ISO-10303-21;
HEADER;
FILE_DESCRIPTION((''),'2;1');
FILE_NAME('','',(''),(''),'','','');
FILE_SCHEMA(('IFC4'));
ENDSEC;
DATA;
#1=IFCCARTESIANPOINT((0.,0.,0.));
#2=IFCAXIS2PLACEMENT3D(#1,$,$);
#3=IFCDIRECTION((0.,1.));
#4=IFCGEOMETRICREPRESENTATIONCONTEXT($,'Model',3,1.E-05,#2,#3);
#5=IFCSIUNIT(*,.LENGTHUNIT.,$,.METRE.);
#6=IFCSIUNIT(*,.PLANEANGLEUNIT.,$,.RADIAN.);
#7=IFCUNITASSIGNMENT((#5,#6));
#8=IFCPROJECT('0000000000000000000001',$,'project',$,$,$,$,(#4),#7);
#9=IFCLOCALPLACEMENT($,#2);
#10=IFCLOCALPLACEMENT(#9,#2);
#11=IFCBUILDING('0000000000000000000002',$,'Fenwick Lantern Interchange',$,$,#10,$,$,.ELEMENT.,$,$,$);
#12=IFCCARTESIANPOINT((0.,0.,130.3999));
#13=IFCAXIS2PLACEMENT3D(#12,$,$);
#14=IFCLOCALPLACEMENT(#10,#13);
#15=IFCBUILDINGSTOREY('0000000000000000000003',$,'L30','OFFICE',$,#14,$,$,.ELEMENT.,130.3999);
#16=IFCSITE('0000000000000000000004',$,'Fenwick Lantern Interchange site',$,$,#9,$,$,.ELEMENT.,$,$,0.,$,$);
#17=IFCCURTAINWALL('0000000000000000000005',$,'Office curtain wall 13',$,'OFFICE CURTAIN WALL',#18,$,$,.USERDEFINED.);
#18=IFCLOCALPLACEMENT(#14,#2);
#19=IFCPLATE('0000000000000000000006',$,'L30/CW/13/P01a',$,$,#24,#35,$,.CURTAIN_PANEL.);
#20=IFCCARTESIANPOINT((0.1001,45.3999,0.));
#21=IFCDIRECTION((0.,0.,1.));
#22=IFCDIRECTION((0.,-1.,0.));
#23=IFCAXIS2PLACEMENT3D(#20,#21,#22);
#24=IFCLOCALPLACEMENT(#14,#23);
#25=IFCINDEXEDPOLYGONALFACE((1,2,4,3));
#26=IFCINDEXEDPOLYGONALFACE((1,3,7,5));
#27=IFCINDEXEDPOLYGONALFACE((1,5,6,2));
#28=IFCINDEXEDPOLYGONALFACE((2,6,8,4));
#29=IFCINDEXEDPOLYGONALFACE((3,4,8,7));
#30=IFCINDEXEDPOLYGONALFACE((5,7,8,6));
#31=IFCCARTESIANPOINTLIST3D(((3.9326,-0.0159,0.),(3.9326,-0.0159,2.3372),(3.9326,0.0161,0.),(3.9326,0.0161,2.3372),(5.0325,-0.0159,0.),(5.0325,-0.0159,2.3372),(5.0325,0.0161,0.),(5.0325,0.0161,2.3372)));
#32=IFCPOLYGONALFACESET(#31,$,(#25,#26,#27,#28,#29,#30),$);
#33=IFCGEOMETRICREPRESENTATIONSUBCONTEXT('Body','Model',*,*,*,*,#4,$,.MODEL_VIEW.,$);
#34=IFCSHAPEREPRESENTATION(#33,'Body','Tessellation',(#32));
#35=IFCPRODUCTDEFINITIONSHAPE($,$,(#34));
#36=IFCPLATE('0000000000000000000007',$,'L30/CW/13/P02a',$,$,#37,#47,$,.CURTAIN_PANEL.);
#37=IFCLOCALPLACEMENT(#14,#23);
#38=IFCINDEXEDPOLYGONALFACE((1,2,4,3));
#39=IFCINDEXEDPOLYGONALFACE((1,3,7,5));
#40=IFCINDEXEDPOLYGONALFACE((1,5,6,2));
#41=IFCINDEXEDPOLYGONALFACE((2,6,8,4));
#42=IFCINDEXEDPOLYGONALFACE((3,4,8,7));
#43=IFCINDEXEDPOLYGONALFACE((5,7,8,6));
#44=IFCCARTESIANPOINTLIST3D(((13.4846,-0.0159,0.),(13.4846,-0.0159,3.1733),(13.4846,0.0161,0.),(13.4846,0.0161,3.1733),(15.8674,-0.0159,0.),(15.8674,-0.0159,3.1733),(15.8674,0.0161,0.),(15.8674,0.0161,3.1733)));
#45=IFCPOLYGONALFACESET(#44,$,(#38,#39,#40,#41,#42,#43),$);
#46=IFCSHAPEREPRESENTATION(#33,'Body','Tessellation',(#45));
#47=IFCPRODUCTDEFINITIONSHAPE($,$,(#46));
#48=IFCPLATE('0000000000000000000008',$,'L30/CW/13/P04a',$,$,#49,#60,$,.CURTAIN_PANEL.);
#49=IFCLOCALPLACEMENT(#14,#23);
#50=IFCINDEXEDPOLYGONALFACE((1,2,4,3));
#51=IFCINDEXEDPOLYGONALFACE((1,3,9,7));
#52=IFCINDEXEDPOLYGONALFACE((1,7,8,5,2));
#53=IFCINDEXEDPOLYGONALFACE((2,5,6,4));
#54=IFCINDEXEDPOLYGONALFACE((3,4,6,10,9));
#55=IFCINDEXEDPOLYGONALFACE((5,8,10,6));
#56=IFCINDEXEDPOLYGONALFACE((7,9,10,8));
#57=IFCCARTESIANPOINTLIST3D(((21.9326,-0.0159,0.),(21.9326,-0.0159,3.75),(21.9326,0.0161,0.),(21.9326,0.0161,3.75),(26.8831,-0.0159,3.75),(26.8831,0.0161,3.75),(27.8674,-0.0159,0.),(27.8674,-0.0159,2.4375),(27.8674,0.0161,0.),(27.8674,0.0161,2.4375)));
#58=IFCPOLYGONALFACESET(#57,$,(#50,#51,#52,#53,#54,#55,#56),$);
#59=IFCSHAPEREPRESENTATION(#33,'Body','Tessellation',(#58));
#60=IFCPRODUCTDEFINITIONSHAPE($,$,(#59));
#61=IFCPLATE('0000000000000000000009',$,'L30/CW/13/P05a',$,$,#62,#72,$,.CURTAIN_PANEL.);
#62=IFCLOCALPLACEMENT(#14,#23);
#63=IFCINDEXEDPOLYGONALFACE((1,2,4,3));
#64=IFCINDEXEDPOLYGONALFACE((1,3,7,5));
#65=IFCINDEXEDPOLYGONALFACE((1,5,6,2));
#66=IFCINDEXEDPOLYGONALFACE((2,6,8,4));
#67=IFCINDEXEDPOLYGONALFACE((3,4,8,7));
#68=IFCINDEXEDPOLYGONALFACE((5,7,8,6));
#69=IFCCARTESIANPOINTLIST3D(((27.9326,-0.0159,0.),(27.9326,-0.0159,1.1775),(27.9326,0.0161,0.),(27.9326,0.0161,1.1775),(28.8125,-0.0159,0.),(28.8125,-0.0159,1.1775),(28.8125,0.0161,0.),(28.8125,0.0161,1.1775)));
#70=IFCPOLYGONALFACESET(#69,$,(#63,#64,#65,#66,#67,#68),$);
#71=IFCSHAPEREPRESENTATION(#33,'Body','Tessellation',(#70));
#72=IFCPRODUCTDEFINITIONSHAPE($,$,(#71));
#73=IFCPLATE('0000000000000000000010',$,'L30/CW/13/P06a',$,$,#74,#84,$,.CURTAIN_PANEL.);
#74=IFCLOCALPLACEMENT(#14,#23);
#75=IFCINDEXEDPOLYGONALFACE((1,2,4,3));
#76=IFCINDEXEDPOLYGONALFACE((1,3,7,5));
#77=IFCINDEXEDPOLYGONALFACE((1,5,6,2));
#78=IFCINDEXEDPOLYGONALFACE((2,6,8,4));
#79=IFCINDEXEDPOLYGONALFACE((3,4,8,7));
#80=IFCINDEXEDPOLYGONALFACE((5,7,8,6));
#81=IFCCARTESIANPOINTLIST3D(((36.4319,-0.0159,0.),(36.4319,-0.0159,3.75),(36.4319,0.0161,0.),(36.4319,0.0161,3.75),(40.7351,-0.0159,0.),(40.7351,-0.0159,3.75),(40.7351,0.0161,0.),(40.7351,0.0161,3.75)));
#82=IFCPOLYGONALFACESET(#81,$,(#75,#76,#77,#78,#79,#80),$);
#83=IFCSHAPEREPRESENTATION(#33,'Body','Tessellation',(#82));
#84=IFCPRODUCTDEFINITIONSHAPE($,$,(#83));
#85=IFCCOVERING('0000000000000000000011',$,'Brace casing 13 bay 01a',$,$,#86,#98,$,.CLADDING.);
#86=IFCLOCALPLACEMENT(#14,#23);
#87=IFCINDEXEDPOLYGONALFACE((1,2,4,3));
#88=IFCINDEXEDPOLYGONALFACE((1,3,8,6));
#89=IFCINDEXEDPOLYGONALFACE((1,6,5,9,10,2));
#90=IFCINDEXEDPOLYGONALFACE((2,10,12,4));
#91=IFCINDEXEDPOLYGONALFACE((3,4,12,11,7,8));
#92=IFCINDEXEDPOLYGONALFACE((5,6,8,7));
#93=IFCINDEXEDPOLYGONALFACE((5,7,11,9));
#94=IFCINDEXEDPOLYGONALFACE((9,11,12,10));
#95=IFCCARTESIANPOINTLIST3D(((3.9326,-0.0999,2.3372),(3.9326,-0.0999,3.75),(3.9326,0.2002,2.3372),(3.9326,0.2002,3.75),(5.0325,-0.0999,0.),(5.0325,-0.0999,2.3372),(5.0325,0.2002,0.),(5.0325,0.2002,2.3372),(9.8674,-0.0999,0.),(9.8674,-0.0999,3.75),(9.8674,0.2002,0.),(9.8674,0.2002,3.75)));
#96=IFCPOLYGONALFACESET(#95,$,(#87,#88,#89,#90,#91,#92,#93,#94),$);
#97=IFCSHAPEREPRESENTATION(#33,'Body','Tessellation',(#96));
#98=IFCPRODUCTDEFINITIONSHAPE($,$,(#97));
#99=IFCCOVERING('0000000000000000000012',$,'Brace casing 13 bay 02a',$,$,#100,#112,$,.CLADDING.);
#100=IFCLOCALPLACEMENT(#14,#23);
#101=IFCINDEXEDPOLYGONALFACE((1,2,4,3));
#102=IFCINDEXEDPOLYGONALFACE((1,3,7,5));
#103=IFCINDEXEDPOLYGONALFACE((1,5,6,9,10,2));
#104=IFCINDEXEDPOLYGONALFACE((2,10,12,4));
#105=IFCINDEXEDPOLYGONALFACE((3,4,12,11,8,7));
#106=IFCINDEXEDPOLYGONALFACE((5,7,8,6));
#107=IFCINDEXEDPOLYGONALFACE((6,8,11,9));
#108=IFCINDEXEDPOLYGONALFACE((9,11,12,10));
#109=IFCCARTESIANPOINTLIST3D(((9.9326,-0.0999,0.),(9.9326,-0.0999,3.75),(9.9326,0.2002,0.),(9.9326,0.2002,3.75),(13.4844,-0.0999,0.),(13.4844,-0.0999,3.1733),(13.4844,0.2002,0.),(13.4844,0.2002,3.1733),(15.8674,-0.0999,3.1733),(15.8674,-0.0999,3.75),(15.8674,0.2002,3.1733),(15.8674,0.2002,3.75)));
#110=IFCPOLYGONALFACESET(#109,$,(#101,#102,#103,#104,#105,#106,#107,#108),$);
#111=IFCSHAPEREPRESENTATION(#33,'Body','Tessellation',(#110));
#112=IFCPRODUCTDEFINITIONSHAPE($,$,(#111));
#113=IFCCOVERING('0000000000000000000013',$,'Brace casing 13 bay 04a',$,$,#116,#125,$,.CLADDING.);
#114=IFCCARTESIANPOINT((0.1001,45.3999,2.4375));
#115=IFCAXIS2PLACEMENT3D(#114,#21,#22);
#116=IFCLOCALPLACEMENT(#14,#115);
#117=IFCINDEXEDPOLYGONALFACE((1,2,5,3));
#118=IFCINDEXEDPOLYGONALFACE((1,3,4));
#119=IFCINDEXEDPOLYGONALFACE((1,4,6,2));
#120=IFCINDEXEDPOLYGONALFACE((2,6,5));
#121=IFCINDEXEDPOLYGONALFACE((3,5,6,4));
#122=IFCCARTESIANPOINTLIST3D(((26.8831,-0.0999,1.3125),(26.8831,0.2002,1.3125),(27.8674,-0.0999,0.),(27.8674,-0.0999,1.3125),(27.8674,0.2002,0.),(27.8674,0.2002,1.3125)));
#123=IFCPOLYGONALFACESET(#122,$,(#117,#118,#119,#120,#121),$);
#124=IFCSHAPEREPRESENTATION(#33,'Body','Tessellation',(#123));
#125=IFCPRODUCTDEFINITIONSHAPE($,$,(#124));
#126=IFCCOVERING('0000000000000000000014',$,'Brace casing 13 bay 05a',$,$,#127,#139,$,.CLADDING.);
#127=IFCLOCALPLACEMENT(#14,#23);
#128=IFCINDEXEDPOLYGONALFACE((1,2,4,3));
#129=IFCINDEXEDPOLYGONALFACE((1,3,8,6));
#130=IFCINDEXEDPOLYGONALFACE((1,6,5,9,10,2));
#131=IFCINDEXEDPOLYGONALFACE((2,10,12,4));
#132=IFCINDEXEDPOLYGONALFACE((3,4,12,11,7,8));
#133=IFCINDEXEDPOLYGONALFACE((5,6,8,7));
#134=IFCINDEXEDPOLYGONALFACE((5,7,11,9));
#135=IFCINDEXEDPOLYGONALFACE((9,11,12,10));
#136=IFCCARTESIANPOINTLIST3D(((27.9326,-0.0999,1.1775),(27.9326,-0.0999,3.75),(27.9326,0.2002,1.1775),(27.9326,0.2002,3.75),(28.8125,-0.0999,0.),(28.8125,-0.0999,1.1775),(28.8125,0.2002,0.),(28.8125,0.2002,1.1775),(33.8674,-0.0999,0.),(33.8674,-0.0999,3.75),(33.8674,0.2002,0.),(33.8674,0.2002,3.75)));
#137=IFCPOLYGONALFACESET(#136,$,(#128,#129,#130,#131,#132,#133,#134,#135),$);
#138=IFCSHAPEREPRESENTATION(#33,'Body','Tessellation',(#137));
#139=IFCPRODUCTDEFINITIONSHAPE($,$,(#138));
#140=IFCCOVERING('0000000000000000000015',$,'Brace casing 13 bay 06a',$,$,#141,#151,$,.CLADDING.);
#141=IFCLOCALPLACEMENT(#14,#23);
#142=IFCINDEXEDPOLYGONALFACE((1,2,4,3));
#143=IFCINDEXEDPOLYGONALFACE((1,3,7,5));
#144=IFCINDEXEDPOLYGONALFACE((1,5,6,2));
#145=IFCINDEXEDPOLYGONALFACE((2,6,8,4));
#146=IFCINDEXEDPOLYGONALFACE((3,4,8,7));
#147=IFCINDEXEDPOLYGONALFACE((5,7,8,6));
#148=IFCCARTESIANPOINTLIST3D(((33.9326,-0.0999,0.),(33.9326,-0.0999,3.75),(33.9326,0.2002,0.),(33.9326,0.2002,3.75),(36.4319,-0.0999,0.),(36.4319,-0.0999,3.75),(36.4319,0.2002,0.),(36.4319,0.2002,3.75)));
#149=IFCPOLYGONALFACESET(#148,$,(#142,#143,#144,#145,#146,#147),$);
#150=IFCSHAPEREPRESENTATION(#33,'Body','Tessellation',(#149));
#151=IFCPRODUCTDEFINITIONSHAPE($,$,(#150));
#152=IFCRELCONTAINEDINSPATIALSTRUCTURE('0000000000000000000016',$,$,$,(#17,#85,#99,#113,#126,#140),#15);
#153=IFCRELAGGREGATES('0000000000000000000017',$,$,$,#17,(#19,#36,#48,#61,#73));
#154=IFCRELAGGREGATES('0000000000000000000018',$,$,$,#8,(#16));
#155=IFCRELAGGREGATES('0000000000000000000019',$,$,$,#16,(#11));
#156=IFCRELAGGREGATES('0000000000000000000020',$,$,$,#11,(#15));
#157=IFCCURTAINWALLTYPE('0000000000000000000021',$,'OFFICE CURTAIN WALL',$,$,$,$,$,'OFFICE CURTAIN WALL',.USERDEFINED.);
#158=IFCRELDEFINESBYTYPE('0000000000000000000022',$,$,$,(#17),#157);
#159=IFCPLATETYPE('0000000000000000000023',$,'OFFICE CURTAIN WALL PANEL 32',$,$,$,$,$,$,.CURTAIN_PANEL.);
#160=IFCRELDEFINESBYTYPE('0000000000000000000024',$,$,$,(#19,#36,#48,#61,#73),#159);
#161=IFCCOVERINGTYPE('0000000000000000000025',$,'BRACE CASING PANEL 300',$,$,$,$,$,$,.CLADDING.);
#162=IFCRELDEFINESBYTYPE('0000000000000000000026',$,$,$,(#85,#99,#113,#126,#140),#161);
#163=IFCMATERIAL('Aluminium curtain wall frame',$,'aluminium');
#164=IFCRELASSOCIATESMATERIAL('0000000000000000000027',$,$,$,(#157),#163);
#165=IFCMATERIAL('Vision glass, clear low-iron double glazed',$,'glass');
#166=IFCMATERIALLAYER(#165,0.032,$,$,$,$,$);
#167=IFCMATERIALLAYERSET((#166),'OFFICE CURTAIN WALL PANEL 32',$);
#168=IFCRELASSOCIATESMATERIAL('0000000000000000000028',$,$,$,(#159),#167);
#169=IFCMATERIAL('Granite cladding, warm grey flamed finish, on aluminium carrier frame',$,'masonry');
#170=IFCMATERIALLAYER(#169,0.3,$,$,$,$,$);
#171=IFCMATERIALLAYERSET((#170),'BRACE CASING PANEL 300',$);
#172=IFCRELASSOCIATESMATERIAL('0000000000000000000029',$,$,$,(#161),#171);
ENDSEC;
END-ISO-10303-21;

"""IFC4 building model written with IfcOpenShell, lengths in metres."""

from ifc_helpers import new_model, si_unit, direction, frame, origin, place, context, subcontext, project, spatial, polyline, outline, extrude, material, layer, layer_set, type_object, element, aggregate, save


model = new_model("IFC4")

# Units and contexts
model_context = context("Model", 3, precision=1e-05, world=origin(), true_north=direction((0.0, 1.0)))
body_context = subcontext(model_context, "Body", "Model", "MODEL_VIEW")
ifc_project = project(units=[si_unit("LENGTHUNIT", "METRE"), si_unit("PLANEANGLEUNIT", "RADIAN")], contexts=[model_context])

# Site, building, storey
site_placement = place(None, origin())
site = spatial("IfcSite", under=ifc_project, at=site_placement, Name="Fenwick Lantern Interchange site", CompositionType="ELEMENT", RefElevation=0.0)
building_placement = place(site_placement, origin())
building = spatial("IfcBuilding", under=site, at=building_placement, Name="Fenwick Lantern Interchange", CompositionType="ELEMENT")
storey_placement = place(building_placement, frame((0.0, 0.0, 130.3999)))
storey = spatial("IfcBuildingStorey", under=building, at=storey_placement, Name="L30", Description="OFFICE", CompositionType="ELEMENT", Elevation=130.3999)

# Shared definitions
ifc_material_1 = material(Name="Aluminium curtain wall frame", Category="aluminium")
curtain_wall_type = type_object("IfcCurtainWallType", Name="OFFICE CURTAIN WALL", ElementType="OFFICE CURTAIN WALL", PredefinedType="USERDEFINED", material=ifc_material_1)

# Curtain wall
curtain_wall_1_placement = place(storey_placement, origin())
curtain_wall_1 = element("IfcCurtainWall", 1, at=curtain_wall_1_placement, inside=storey, type_object=curtain_wall_type, Name="Office curtain wall 13", ObjectType="OFFICE CURTAIN WALL", PredefinedType="USERDEFINED")

# Plates
ifc_material_2 = material(Name="Vision glass, clear low-iron double glazed", Category="glass")
ifc_layer_1 = layer(ifc_material_2, 0.032)
ifc_layer_set_1 = layer_set([ifc_layer_1], Name="OFFICE CURTAIN WALL PANEL 32")
plate_type = type_object("IfcPlateType", Name="OFFICE CURTAIN WALL PANEL 32", PredefinedType="CURTAIN_PANEL", material=ifc_layer_set_1)
plate_1_placement = place(storey_placement, frame((0.1001, 45.3999, 0.0), z_axis=(0.0, 0.0, 1.0), x_axis=(0.0, -1.0, 0.0)))
plate_1 = element("IfcPlate", 2, at=plate_1_placement, type_object=plate_type, Name="L30/CW/13/P01a", PredefinedType="CURTAIN_PANEL", context=body_context, shape_type="SweptSolid", body=[
    extrude(outline(polyline([(3.9326, 0.0), (5.0325, 0.0), (5.0325, 2.3372), (3.9326, 2.3372), (3.9326, 0.0)])), frame((0.0, 0.0161, 0.0), z_axis=(0.0, -1.0, 0.0), x_axis=(1.0, 0.0, 0.0)), (0.0, 0.0, 1.0), 0.032),
])
plate_2_placement = place(storey_placement, frame((0.1001, 45.3999, 0.0), z_axis=(0.0, 0.0, 1.0), x_axis=(0.0, -1.0, 0.0)))
plate_2 = element("IfcPlate", 3, at=plate_2_placement, type_object=plate_type, Name="L30/CW/13/P02a", PredefinedType="CURTAIN_PANEL", context=body_context, shape_type="SweptSolid", body=[
    extrude(outline(polyline([(13.4846, 0.0), (15.8674, 0.0), (15.8674, 3.1733), (13.4846, 3.1733), (13.4846, 0.0)])), frame((0.0, 0.0161, 0.0), z_axis=(0.0, -1.0, 0.0), x_axis=(1.0, 0.0, 0.0)), (0.0, 0.0, 1.0), 0.032),
])
plate_3_placement = place(storey_placement, frame((0.1001, 45.3999, 0.0), z_axis=(0.0, 0.0, 1.0), x_axis=(0.0, -1.0, 0.0)))
plate_3 = element("IfcPlate", 4, at=plate_3_placement, type_object=plate_type, Name="L30/CW/13/P04a", PredefinedType="CURTAIN_PANEL", context=body_context, shape_type="SweptSolid", body=[
    extrude(outline(polyline([(21.9326, 0.0), (27.8674, 0.0), (27.8674, 2.4375), (26.8831, 3.75), (21.9326, 3.75), (21.9326, 0.0)])), frame((0.0, 0.0161, 0.0), z_axis=(0.0, -1.0, 0.0), x_axis=(1.0, 0.0, 0.0)), (0.0, 0.0, 1.0), 0.032),
])
plate_4_placement = place(storey_placement, frame((0.1001, 45.3999, 0.0), z_axis=(0.0, 0.0, 1.0), x_axis=(0.0, -1.0, 0.0)))
plate_4 = element("IfcPlate", 5, at=plate_4_placement, type_object=plate_type, Name="L30/CW/13/P05a", PredefinedType="CURTAIN_PANEL", context=body_context, shape_type="SweptSolid", body=[
    extrude(outline(polyline([(27.9326, 0.0), (28.8125, 0.0), (28.8125, 1.1775), (27.9326, 1.1775), (27.9326, 0.0)])), frame((0.0, 0.0161, 0.0), z_axis=(0.0, -1.0, 0.0), x_axis=(1.0, 0.0, 0.0)), (0.0, 0.0, 1.0), 0.032),
])
plate_5_placement = place(storey_placement, frame((0.1001, 45.3999, 0.0), z_axis=(0.0, 0.0, 1.0), x_axis=(0.0, -1.0, 0.0)))
plate_5 = element("IfcPlate", 6, at=plate_5_placement, type_object=plate_type, Name="L30/CW/13/P06a", PredefinedType="CURTAIN_PANEL", context=body_context, shape_type="SweptSolid", body=[
    extrude(outline(polyline([(36.4319, 0.0), (40.7351, 0.0), (40.7351, 3.75), (36.4319, 3.75), (36.4319, 0.0)])), frame((0.0, 0.0161, 0.0), z_axis=(0.0, -1.0, 0.0), x_axis=(1.0, 0.0, 0.0)), (0.0, 0.0, 1.0), 0.032),
])
aggregate(curtain_wall_1, [plate_1, plate_2, plate_3, plate_4, plate_5])

# Coverings
ifc_material_3 = material(Name="Granite cladding, warm grey flamed finish, on aluminium carrier frame", Category="masonry")
ifc_layer_2 = layer(ifc_material_3, 0.3)
ifc_layer_set_2 = layer_set([ifc_layer_2], Name="BRACE CASING PANEL 300")
covering_type = type_object("IfcCoveringType", Name="BRACE CASING PANEL 300", PredefinedType="CLADDING", material=ifc_layer_set_2)
covering_1_placement = place(storey_placement, frame((0.1001, 45.3999, 0.0), z_axis=(0.0, 0.0, 1.0), x_axis=(0.0, -1.0, 0.0)))
element("IfcCovering", 7, at=covering_1_placement, inside=storey, type_object=covering_type, Name="Brace casing 13 bay 01a", PredefinedType="CLADDING", context=body_context, shape_type="SweptSolid", body=[
    extrude(outline(polyline([(5.0325, 0.0), (9.8674, 0.0), (9.8674, 3.75), (3.9326, 3.75), (3.9326, 2.3372), (5.0325, 2.3372), (5.0325, 0.0)])), frame((0.0, 0.2002, 0.0), z_axis=(0.0, -1.0, 0.0), x_axis=(1.0, 0.0, 0.0)), (0.0, 0.0, 1.0), 0.3),
])
covering_2_placement = place(storey_placement, frame((0.1001, 45.3999, 0.0), z_axis=(0.0, 0.0, 1.0), x_axis=(0.0, -1.0, 0.0)))
element("IfcCovering", 8, at=covering_2_placement, inside=storey, type_object=covering_type, Name="Brace casing 13 bay 02a", PredefinedType="CLADDING", context=body_context, shape_type="SweptSolid", body=[
    extrude(outline(polyline([(9.9326, 0.0), (13.4844, 0.0), (13.4844, 3.1733), (15.8674, 3.1733), (15.8674, 3.75), (9.9326, 3.75), (9.9326, 0.0)])), frame((0.0, 0.2002, 0.0), z_axis=(0.0, -1.0, 0.0), x_axis=(1.0, 0.0, 0.0)), (0.0, 0.0, 1.0), 0.3),
])
covering_3_placement = place(storey_placement, frame((0.1001, 45.3999, 2.4375), z_axis=(0.0, 0.0, 1.0), x_axis=(0.0, -1.0, 0.0)))
element("IfcCovering", 9, at=covering_3_placement, inside=storey, type_object=covering_type, Name="Brace casing 13 bay 04a", PredefinedType="CLADDING", context=body_context, shape_type="SweptSolid", body=[
    extrude(outline(polyline([(27.8674, 0.0), (27.8674, 1.3125), (26.8831, 1.3125), (27.8674, 0.0)])), frame((0.0, 0.2002, 0.0), z_axis=(0.0, -1.0, 0.0), x_axis=(1.0, 0.0, 0.0)), (0.0, 0.0, 1.0), 0.3),
])
covering_4_placement = place(storey_placement, frame((0.1001, 45.3999, 0.0), z_axis=(0.0, 0.0, 1.0), x_axis=(0.0, -1.0, 0.0)))
element("IfcCovering", 10, at=covering_4_placement, inside=storey, type_object=covering_type, Name="Brace casing 13 bay 05a", PredefinedType="CLADDING", context=body_context, shape_type="SweptSolid", body=[
    extrude(outline(polyline([(28.8125, 0.0), (33.8674, 0.0), (33.8674, 3.75), (27.9326, 3.75), (27.9326, 1.1775), (28.8125, 1.1775), (28.8125, 0.0)])), frame((0.0, 0.2002, 0.0), z_axis=(0.0, -1.0, 0.0), x_axis=(1.0, 0.0, 0.0)), (0.0, 0.0, 1.0), 0.3),
])
covering_5_placement = place(storey_placement, frame((0.1001, 45.3999, 0.0), z_axis=(0.0, 0.0, 1.0), x_axis=(0.0, -1.0, 0.0)))
element("IfcCovering", 11, at=covering_5_placement, inside=storey, type_object=covering_type, Name="Brace casing 13 bay 06a", PredefinedType="CLADDING", context=body_context, shape_type="SweptSolid", body=[
    extrude(outline(polyline([(33.9326, 0.0), (36.4319, 0.0), (36.4319, 3.75), (33.9326, 3.75), (33.9326, 0.0)])), frame((0.0, 0.2002, 0.0), z_axis=(0.0, -1.0, 0.0), x_axis=(1.0, 0.0, 0.0)), (0.0, 0.0, 1.0), 0.3),
])

save(model, "model.ifc")
